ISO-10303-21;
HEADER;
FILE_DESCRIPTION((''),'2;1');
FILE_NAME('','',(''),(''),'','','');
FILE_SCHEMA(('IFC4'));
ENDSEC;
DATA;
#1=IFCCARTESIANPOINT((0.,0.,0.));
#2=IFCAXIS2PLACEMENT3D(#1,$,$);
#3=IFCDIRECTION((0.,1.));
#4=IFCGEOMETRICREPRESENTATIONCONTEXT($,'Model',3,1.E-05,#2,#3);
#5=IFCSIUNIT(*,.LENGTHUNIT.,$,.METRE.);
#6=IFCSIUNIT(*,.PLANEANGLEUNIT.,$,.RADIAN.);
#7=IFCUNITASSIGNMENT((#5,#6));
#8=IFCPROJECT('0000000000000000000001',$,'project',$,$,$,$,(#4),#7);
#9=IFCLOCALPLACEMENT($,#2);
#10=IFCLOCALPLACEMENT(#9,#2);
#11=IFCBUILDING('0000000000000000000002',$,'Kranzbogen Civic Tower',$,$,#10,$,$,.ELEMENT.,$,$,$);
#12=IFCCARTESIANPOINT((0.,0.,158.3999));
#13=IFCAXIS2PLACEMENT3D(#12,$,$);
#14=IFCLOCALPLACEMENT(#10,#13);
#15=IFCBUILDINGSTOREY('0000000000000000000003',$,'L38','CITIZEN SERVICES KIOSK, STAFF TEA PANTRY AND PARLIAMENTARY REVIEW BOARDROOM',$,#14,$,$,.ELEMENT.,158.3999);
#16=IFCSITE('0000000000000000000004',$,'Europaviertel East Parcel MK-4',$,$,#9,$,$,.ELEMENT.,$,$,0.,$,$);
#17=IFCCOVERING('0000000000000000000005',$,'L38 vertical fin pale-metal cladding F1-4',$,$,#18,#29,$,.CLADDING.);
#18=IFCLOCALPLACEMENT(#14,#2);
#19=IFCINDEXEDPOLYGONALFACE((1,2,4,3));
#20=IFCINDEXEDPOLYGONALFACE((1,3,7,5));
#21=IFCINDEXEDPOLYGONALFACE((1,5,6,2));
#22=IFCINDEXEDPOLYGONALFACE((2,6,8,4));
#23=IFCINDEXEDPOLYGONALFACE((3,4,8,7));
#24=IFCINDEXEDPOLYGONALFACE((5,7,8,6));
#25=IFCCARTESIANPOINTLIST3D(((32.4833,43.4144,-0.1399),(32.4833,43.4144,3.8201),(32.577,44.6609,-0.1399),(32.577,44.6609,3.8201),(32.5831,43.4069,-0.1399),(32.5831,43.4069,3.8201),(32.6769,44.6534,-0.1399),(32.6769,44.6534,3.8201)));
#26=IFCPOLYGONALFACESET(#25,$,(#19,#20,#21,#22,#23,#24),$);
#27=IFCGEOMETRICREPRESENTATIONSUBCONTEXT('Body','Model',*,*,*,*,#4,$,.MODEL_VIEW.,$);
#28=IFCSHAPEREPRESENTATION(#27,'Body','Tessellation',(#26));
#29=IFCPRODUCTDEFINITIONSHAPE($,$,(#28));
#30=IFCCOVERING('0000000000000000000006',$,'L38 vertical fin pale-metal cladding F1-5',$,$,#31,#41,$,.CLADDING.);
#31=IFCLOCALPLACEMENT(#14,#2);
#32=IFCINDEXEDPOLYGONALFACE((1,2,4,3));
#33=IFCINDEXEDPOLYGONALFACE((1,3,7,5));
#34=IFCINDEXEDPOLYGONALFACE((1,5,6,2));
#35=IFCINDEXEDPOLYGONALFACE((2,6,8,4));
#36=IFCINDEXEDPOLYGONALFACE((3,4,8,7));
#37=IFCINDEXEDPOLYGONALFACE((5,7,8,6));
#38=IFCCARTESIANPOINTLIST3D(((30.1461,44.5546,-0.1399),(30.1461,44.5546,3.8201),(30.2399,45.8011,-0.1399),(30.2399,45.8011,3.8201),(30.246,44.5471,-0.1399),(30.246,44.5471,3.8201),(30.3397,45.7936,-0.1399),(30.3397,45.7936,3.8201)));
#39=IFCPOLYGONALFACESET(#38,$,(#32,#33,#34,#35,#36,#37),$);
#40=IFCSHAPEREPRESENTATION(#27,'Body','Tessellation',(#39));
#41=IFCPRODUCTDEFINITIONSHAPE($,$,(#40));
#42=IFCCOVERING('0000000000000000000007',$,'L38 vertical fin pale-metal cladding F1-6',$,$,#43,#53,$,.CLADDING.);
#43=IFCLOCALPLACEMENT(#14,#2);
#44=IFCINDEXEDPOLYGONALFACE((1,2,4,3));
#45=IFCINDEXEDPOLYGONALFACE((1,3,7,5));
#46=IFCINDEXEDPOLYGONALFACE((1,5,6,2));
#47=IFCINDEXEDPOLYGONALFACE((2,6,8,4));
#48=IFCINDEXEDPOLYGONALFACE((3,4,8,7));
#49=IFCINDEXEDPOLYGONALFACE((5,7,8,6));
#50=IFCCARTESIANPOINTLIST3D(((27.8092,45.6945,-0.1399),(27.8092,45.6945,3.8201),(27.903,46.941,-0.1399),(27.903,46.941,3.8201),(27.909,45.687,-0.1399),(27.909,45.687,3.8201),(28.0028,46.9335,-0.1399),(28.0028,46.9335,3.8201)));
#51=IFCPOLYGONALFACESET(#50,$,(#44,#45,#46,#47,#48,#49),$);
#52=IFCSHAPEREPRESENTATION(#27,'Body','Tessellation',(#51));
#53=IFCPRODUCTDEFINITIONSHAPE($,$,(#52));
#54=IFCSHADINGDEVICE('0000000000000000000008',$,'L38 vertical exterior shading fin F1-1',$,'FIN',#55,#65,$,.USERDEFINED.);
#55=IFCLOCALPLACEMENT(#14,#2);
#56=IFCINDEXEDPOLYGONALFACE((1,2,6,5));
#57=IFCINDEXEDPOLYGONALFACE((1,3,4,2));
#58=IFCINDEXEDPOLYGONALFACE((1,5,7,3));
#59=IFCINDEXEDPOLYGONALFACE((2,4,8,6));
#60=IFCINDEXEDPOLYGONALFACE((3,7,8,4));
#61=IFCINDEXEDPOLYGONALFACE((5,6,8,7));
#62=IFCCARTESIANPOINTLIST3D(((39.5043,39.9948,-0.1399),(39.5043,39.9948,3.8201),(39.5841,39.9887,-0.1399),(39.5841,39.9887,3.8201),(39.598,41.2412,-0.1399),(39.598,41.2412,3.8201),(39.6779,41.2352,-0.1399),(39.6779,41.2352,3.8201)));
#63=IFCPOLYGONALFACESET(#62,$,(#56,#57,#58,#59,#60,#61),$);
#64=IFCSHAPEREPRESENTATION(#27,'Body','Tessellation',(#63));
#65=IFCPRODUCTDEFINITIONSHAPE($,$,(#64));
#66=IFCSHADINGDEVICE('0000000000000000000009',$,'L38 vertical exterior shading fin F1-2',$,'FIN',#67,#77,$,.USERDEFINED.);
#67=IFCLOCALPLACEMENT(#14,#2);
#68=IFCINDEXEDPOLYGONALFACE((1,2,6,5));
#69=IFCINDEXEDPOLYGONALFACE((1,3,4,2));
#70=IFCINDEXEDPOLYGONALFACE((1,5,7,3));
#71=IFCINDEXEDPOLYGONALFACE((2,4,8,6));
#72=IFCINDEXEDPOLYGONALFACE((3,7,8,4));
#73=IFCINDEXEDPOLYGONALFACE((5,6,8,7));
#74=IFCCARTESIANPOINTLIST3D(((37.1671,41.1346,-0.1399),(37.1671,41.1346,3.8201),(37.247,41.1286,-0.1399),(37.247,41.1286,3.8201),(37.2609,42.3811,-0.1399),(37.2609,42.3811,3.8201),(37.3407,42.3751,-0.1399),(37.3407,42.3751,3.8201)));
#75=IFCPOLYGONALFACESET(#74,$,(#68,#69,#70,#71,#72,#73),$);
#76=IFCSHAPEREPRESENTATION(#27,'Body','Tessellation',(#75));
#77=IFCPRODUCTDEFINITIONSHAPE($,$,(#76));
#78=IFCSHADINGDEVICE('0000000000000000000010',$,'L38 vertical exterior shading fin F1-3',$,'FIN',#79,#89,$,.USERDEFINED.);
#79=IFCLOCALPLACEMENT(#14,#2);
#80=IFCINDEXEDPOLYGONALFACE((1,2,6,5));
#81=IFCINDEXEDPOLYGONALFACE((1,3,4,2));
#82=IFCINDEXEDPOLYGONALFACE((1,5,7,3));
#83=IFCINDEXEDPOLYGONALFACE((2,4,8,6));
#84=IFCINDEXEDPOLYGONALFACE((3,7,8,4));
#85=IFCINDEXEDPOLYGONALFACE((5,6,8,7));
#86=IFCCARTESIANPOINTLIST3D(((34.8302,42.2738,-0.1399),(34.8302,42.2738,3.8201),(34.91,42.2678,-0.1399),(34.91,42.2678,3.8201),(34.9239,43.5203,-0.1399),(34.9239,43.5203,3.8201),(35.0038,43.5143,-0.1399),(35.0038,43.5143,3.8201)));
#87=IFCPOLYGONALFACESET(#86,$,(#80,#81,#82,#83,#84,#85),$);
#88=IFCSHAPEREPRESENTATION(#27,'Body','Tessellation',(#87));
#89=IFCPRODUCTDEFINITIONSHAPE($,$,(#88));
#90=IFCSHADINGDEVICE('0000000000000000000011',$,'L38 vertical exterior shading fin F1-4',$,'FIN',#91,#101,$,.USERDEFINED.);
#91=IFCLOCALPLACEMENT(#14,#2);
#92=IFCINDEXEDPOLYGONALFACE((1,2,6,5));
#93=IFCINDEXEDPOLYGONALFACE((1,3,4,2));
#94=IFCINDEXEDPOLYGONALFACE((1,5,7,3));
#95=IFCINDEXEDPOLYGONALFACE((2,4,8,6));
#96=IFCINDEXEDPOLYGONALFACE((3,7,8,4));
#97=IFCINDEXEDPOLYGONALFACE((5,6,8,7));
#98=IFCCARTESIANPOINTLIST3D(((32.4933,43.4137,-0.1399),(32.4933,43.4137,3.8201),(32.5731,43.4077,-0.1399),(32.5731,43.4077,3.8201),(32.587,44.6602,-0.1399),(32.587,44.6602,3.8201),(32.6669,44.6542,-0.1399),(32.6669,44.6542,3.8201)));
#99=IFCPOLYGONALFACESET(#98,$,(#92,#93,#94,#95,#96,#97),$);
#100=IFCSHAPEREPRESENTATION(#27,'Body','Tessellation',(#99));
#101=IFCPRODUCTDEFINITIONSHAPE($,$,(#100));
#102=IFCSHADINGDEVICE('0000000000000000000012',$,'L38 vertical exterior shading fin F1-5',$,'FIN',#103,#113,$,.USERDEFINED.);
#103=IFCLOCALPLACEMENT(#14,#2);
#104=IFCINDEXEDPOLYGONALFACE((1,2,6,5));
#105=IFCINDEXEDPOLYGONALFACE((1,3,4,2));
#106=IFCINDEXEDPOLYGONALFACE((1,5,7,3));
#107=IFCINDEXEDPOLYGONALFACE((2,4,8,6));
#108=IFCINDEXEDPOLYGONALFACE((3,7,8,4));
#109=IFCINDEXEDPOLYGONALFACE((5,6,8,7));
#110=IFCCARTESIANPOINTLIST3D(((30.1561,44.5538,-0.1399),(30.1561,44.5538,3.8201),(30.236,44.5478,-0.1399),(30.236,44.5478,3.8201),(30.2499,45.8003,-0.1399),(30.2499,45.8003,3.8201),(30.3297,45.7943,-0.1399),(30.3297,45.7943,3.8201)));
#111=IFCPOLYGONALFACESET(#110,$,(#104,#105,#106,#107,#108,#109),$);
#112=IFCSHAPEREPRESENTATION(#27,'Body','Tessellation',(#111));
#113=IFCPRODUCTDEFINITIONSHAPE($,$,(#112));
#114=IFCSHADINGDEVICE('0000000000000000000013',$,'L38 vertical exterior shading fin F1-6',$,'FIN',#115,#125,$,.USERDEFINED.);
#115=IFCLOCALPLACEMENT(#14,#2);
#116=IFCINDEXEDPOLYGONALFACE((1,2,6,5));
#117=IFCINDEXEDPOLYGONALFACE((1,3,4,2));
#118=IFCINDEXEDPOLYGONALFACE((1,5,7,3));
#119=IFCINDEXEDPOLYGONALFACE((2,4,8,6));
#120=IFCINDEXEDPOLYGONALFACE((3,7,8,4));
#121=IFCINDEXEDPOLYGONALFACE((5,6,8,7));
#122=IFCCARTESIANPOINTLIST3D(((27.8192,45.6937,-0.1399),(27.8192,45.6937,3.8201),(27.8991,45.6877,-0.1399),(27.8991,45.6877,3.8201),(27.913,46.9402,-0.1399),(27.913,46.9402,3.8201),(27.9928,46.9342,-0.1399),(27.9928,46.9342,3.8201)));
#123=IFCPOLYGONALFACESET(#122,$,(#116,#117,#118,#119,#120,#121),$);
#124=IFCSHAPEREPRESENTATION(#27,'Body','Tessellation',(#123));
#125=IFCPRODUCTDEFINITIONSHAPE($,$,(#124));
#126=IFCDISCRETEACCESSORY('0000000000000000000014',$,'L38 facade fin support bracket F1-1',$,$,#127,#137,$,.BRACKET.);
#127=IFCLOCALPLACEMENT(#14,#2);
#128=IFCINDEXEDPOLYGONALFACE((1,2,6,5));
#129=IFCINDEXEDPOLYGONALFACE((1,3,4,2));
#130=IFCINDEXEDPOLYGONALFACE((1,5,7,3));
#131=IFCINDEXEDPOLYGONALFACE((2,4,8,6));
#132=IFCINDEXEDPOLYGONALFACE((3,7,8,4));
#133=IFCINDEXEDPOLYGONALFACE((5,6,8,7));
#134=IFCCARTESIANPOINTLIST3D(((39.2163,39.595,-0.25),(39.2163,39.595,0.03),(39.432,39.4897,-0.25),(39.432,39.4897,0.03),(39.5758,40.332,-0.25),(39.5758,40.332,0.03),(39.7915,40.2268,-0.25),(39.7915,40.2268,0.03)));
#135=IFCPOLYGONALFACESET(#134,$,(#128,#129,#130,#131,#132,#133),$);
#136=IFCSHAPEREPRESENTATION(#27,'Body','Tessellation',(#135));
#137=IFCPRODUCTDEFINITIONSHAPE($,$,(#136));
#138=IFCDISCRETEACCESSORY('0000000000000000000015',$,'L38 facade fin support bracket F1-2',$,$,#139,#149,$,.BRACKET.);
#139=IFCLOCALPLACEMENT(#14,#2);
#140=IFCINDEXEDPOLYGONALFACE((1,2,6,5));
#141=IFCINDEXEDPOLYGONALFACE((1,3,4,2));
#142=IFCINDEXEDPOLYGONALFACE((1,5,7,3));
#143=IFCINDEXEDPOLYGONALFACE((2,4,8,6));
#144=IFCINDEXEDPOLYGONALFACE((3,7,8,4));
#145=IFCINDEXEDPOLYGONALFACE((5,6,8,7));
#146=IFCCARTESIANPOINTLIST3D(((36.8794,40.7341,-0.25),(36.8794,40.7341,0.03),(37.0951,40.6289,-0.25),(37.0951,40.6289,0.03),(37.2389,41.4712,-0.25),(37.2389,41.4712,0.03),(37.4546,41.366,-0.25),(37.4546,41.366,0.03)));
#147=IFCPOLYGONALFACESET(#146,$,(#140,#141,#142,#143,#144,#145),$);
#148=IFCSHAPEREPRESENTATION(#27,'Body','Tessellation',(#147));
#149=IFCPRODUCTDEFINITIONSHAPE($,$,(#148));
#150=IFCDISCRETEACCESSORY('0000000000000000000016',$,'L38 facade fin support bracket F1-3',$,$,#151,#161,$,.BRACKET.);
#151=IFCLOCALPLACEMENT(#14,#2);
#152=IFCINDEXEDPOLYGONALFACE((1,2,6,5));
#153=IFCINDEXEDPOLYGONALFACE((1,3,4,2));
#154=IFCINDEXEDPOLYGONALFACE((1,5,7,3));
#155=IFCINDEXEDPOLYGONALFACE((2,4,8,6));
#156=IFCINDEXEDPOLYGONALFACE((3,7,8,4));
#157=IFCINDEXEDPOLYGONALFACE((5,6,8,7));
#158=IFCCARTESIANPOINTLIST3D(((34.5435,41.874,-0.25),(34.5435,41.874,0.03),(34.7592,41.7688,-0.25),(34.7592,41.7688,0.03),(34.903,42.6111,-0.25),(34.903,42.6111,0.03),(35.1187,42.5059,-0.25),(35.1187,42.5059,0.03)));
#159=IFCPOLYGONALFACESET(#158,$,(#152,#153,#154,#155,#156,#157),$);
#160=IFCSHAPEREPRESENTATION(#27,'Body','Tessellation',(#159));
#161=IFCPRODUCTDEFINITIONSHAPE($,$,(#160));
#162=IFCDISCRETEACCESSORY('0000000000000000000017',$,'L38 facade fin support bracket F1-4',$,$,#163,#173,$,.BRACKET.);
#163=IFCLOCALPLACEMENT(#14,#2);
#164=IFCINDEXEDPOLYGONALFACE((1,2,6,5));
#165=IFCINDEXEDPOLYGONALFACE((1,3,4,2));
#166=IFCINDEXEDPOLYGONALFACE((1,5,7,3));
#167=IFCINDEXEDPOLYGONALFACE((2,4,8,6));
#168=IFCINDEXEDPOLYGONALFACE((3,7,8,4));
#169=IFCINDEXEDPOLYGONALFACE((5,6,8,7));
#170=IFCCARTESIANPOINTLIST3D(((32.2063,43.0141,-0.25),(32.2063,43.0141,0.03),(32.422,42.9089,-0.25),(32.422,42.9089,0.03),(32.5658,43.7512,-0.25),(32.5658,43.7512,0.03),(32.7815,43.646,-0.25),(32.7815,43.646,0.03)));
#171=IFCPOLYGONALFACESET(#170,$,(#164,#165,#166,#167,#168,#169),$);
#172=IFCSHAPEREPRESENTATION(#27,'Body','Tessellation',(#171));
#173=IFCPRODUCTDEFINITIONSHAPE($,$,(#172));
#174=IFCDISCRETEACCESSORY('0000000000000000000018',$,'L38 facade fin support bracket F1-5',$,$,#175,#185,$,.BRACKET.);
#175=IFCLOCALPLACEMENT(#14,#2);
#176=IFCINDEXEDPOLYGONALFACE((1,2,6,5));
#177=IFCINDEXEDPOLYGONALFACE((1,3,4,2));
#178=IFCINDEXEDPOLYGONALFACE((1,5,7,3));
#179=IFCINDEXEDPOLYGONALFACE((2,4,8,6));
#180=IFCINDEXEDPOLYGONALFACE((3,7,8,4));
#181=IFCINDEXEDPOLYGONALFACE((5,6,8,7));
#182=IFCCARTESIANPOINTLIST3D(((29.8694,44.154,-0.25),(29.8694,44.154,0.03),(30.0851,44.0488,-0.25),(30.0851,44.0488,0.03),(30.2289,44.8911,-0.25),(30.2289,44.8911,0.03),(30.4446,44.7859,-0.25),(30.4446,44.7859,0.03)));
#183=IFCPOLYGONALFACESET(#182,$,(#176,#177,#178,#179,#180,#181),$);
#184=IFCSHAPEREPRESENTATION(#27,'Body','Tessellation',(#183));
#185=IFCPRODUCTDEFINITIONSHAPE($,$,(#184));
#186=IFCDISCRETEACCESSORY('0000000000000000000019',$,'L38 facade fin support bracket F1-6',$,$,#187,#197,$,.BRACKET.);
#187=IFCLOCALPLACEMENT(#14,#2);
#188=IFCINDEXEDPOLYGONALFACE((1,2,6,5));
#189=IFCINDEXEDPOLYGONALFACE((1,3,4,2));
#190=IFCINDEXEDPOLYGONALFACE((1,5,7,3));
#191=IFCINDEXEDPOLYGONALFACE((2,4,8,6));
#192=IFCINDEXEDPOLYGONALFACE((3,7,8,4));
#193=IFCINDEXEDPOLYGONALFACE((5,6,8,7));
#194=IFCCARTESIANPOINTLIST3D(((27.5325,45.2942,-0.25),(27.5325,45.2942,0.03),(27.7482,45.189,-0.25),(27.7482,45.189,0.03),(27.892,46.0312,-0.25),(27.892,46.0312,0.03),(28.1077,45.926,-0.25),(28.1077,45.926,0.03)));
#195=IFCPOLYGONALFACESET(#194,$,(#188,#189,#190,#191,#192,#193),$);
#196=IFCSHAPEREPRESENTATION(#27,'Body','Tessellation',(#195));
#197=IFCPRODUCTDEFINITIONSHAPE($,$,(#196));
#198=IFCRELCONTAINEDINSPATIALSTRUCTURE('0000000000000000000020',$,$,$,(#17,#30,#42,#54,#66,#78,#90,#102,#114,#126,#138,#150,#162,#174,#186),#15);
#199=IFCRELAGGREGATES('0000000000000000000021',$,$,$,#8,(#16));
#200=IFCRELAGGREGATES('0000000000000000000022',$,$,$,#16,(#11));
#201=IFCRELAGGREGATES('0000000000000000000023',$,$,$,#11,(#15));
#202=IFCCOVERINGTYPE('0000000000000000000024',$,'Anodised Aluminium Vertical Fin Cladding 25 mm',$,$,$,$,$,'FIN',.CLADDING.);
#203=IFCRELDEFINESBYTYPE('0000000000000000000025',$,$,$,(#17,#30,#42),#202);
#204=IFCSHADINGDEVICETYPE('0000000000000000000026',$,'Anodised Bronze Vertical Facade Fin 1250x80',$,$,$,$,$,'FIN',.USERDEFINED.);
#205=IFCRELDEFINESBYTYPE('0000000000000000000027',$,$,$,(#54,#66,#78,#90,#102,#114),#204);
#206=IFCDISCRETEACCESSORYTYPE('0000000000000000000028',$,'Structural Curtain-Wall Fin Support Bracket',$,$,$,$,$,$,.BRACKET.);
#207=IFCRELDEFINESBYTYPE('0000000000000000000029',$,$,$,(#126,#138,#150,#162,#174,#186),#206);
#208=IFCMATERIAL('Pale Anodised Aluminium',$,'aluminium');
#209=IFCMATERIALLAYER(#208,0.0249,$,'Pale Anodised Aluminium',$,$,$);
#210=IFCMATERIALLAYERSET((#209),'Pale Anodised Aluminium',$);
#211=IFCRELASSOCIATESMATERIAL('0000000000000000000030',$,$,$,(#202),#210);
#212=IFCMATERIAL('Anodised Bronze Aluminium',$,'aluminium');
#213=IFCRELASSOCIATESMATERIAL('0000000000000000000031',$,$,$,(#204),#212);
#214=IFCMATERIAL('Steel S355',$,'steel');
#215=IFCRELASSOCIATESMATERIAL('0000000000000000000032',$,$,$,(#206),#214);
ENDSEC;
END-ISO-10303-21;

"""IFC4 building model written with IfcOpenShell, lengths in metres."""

from ifc_helpers import new_model, si_unit, direction, frame, origin, origin_2d, place, context, subcontext, project, spatial, rectangle, extrude, material, layer, layer_set, type_object, element, save


model = new_model("IFC4")

# Units and contexts
model_context = context("Model", 3, precision=1e-05, world=origin(), true_north=direction((0.0, 1.0)))
body_context = subcontext(model_context, "Body", "Model", "MODEL_VIEW")
ifc_project = project(units=[si_unit("LENGTHUNIT", "METRE"), si_unit("PLANEANGLEUNIT", "RADIAN")], contexts=[model_context])

# Site, building, storey
site_placement = place(None, origin())
site = spatial("IfcSite", under=ifc_project, at=site_placement, Name="Europaviertel East Parcel MK-4", CompositionType="ELEMENT", RefElevation=0.0)
building_placement = place(site_placement, origin())
building = spatial("IfcBuilding", under=site, at=building_placement, Name="Kranzbogen Civic Tower", CompositionType="ELEMENT")
storey_placement = place(building_placement, frame((0.0, 0.0, 158.3999)))
storey = spatial("IfcBuildingStorey", under=building, at=storey_placement, Name="L38", Description="CITIZEN SERVICES KIOSK, STAFF TEA PANTRY AND PARLIAMENTARY REVIEW BOARDROOM", CompositionType="ELEMENT", Elevation=158.3999)

# Shared definitions
ifc_material_1 = material(Name="Steel S355", Category="steel")

# Shared definitions
ifc_material_2 = material(Name="Pale Anodised Aluminium", Category="aluminium")

# Coverings
ifc_layer_1 = layer(ifc_material_2, 0.0249, Name="Pale Anodised Aluminium")
ifc_layer_set_1 = layer_set([ifc_layer_1], Name="Pale Anodised Aluminium")
covering_type = type_object("IfcCoveringType", Name="Anodised Aluminium Vertical Fin Cladding 25 mm", ElementType="FIN", PredefinedType="CLADDING", material=ifc_layer_set_1)
for number, where, z_axis, x_axis, name in (
    (1, (32.5801, 44.0339, -0.1399), (0.0, 0.0, 1.0), (0.074996, 0.997184, 0.0), "L38 vertical fin pale-metal cladding F1-4"),
    (2, (30.2429, 45.1741, -0.1399), (0.0, 0.0, 1.0), (0.074996, 0.997184, 0.0), "L38 vertical fin pale-metal cladding F1-5"),
    (3, (27.906, 46.314, -0.1399), (0.0, 0.0, 1.0), (0.074996, 0.997184, 0.0), "L38 vertical fin pale-metal cladding F1-6"),
):
    element("IfcCovering", number, at=place(storey_placement, frame(where, z_axis=z_axis, x_axis=x_axis)), inside=storey, type_object=covering_type, Name=name, PredefinedType="CLADDING", context=body_context, shape_type="SweptSolid", body=[
        extrude(rectangle(XDim=1.25, YDim=0.1001, at=origin_2d()), origin(), (0.0, 0.0, 1.0), 3.96),
    ])

# Shading devices
ifc_material_3 = material(Name="Anodised Bronze Aluminium", Category="aluminium")
shading_device_type = type_object("IfcShadingDeviceType", Name="Anodised Bronze Vertical Facade Fin 1250x80", ElementType="FIN", PredefinedType="USERDEFINED", material=ifc_material_3)
for number, where, z_axis, x_axis, name in (
    (4, (39.5911, 40.615, -0.1399), (0.0, 0.0, 1.0), (0.074996, 0.997184, 0.0), "L38 vertical exterior shading fin F1-1"),
    (5, (37.2539, 41.7549, -0.1399), (0.0, 0.0, 1.0), (0.074996, 0.997184, 0.0), "L38 vertical exterior shading fin F1-2"),
    (6, (34.917, 42.894, -0.1399), (0.0, 0.0, 1.0), (0.074996, 0.997184, 0.0), "L38 vertical exterior shading fin F1-3"),
    (7, (32.5801, 44.0339, -0.1399), (0.0, 0.0, 1.0), (0.074996, 0.997184, 0.0), "L38 vertical exterior shading fin F1-4"),
    (8, (30.2429, 45.1741, -0.1399), (0.0, 0.0, 1.0), (0.074996, 0.997184, 0.0), "L38 vertical exterior shading fin F1-5"),
    (9, (27.906, 46.314, -0.1399), (0.0, 0.0, 1.0), (0.074996, 0.997184, 0.0), "L38 vertical exterior shading fin F1-6"),
):
    element("IfcShadingDevice", number, at=place(storey_placement, frame(where, z_axis=z_axis, x_axis=x_axis)), inside=storey, type_object=shading_device_type, Name=name, ObjectType="FIN", PredefinedType="USERDEFINED", context=body_context, shape_type="SweptSolid", body=[
        extrude(rectangle(XDim=1.25, YDim=0.0801, at=origin_2d()), origin(), (0.0, 0.0, 1.0), 3.96),
    ])

# Discrete accessories
discrete_accessory_type = type_object("IfcDiscreteAccessoryType", Name="Structural Curtain-Wall Fin Support Bracket", PredefinedType="BRACKET", material=ifc_material_1)
for number, where, z_axis, x_axis, name in (
    (10, (39.5039, 39.9109, -0.25), (0.0, 0.0, 1.0), (0.438371, 0.898794, 0.0), "L38 facade fin support bracket F1-1"),
    (11, (37.167, 41.05, -0.25), (0.0, 0.0, 1.0), (0.438371, 0.898794, 0.0), "L38 facade fin support bracket F1-2"),
    (12, (34.8311, 42.1899, -0.25), (0.0, 0.0, 1.0), (0.438371, 0.898794, 0.0), "L38 facade fin support bracket F1-3"),
    (13, (32.4939, 43.3301, -0.25), (0.0, 0.0, 1.0), (0.438371, 0.898794, 0.0), "L38 facade fin support bracket F1-4"),
    (14, (30.157, 44.47, -0.25), (0.0, 0.0, 1.0), (0.438371, 0.898794, 0.0), "L38 facade fin support bracket F1-5"),
    (15, (27.8201, 45.6101, -0.25), (0.0, 0.0, 1.0), (0.438371, 0.898794, 0.0), "L38 facade fin support bracket F1-6"),
):
    element("IfcDiscreteAccessory", number, at=place(storey_placement, frame(where, z_axis=z_axis, x_axis=x_axis)), inside=storey, type_object=discrete_accessory_type, Name=name, PredefinedType="BRACKET", context=body_context, shape_type="SweptSolid", body=[
        extrude(rectangle(XDim=0.8201, YDim=0.24, at=origin_2d()), origin(), (0.0, 0.0, 1.0), 0.28),
    ])

save(model, "model.ifc")
